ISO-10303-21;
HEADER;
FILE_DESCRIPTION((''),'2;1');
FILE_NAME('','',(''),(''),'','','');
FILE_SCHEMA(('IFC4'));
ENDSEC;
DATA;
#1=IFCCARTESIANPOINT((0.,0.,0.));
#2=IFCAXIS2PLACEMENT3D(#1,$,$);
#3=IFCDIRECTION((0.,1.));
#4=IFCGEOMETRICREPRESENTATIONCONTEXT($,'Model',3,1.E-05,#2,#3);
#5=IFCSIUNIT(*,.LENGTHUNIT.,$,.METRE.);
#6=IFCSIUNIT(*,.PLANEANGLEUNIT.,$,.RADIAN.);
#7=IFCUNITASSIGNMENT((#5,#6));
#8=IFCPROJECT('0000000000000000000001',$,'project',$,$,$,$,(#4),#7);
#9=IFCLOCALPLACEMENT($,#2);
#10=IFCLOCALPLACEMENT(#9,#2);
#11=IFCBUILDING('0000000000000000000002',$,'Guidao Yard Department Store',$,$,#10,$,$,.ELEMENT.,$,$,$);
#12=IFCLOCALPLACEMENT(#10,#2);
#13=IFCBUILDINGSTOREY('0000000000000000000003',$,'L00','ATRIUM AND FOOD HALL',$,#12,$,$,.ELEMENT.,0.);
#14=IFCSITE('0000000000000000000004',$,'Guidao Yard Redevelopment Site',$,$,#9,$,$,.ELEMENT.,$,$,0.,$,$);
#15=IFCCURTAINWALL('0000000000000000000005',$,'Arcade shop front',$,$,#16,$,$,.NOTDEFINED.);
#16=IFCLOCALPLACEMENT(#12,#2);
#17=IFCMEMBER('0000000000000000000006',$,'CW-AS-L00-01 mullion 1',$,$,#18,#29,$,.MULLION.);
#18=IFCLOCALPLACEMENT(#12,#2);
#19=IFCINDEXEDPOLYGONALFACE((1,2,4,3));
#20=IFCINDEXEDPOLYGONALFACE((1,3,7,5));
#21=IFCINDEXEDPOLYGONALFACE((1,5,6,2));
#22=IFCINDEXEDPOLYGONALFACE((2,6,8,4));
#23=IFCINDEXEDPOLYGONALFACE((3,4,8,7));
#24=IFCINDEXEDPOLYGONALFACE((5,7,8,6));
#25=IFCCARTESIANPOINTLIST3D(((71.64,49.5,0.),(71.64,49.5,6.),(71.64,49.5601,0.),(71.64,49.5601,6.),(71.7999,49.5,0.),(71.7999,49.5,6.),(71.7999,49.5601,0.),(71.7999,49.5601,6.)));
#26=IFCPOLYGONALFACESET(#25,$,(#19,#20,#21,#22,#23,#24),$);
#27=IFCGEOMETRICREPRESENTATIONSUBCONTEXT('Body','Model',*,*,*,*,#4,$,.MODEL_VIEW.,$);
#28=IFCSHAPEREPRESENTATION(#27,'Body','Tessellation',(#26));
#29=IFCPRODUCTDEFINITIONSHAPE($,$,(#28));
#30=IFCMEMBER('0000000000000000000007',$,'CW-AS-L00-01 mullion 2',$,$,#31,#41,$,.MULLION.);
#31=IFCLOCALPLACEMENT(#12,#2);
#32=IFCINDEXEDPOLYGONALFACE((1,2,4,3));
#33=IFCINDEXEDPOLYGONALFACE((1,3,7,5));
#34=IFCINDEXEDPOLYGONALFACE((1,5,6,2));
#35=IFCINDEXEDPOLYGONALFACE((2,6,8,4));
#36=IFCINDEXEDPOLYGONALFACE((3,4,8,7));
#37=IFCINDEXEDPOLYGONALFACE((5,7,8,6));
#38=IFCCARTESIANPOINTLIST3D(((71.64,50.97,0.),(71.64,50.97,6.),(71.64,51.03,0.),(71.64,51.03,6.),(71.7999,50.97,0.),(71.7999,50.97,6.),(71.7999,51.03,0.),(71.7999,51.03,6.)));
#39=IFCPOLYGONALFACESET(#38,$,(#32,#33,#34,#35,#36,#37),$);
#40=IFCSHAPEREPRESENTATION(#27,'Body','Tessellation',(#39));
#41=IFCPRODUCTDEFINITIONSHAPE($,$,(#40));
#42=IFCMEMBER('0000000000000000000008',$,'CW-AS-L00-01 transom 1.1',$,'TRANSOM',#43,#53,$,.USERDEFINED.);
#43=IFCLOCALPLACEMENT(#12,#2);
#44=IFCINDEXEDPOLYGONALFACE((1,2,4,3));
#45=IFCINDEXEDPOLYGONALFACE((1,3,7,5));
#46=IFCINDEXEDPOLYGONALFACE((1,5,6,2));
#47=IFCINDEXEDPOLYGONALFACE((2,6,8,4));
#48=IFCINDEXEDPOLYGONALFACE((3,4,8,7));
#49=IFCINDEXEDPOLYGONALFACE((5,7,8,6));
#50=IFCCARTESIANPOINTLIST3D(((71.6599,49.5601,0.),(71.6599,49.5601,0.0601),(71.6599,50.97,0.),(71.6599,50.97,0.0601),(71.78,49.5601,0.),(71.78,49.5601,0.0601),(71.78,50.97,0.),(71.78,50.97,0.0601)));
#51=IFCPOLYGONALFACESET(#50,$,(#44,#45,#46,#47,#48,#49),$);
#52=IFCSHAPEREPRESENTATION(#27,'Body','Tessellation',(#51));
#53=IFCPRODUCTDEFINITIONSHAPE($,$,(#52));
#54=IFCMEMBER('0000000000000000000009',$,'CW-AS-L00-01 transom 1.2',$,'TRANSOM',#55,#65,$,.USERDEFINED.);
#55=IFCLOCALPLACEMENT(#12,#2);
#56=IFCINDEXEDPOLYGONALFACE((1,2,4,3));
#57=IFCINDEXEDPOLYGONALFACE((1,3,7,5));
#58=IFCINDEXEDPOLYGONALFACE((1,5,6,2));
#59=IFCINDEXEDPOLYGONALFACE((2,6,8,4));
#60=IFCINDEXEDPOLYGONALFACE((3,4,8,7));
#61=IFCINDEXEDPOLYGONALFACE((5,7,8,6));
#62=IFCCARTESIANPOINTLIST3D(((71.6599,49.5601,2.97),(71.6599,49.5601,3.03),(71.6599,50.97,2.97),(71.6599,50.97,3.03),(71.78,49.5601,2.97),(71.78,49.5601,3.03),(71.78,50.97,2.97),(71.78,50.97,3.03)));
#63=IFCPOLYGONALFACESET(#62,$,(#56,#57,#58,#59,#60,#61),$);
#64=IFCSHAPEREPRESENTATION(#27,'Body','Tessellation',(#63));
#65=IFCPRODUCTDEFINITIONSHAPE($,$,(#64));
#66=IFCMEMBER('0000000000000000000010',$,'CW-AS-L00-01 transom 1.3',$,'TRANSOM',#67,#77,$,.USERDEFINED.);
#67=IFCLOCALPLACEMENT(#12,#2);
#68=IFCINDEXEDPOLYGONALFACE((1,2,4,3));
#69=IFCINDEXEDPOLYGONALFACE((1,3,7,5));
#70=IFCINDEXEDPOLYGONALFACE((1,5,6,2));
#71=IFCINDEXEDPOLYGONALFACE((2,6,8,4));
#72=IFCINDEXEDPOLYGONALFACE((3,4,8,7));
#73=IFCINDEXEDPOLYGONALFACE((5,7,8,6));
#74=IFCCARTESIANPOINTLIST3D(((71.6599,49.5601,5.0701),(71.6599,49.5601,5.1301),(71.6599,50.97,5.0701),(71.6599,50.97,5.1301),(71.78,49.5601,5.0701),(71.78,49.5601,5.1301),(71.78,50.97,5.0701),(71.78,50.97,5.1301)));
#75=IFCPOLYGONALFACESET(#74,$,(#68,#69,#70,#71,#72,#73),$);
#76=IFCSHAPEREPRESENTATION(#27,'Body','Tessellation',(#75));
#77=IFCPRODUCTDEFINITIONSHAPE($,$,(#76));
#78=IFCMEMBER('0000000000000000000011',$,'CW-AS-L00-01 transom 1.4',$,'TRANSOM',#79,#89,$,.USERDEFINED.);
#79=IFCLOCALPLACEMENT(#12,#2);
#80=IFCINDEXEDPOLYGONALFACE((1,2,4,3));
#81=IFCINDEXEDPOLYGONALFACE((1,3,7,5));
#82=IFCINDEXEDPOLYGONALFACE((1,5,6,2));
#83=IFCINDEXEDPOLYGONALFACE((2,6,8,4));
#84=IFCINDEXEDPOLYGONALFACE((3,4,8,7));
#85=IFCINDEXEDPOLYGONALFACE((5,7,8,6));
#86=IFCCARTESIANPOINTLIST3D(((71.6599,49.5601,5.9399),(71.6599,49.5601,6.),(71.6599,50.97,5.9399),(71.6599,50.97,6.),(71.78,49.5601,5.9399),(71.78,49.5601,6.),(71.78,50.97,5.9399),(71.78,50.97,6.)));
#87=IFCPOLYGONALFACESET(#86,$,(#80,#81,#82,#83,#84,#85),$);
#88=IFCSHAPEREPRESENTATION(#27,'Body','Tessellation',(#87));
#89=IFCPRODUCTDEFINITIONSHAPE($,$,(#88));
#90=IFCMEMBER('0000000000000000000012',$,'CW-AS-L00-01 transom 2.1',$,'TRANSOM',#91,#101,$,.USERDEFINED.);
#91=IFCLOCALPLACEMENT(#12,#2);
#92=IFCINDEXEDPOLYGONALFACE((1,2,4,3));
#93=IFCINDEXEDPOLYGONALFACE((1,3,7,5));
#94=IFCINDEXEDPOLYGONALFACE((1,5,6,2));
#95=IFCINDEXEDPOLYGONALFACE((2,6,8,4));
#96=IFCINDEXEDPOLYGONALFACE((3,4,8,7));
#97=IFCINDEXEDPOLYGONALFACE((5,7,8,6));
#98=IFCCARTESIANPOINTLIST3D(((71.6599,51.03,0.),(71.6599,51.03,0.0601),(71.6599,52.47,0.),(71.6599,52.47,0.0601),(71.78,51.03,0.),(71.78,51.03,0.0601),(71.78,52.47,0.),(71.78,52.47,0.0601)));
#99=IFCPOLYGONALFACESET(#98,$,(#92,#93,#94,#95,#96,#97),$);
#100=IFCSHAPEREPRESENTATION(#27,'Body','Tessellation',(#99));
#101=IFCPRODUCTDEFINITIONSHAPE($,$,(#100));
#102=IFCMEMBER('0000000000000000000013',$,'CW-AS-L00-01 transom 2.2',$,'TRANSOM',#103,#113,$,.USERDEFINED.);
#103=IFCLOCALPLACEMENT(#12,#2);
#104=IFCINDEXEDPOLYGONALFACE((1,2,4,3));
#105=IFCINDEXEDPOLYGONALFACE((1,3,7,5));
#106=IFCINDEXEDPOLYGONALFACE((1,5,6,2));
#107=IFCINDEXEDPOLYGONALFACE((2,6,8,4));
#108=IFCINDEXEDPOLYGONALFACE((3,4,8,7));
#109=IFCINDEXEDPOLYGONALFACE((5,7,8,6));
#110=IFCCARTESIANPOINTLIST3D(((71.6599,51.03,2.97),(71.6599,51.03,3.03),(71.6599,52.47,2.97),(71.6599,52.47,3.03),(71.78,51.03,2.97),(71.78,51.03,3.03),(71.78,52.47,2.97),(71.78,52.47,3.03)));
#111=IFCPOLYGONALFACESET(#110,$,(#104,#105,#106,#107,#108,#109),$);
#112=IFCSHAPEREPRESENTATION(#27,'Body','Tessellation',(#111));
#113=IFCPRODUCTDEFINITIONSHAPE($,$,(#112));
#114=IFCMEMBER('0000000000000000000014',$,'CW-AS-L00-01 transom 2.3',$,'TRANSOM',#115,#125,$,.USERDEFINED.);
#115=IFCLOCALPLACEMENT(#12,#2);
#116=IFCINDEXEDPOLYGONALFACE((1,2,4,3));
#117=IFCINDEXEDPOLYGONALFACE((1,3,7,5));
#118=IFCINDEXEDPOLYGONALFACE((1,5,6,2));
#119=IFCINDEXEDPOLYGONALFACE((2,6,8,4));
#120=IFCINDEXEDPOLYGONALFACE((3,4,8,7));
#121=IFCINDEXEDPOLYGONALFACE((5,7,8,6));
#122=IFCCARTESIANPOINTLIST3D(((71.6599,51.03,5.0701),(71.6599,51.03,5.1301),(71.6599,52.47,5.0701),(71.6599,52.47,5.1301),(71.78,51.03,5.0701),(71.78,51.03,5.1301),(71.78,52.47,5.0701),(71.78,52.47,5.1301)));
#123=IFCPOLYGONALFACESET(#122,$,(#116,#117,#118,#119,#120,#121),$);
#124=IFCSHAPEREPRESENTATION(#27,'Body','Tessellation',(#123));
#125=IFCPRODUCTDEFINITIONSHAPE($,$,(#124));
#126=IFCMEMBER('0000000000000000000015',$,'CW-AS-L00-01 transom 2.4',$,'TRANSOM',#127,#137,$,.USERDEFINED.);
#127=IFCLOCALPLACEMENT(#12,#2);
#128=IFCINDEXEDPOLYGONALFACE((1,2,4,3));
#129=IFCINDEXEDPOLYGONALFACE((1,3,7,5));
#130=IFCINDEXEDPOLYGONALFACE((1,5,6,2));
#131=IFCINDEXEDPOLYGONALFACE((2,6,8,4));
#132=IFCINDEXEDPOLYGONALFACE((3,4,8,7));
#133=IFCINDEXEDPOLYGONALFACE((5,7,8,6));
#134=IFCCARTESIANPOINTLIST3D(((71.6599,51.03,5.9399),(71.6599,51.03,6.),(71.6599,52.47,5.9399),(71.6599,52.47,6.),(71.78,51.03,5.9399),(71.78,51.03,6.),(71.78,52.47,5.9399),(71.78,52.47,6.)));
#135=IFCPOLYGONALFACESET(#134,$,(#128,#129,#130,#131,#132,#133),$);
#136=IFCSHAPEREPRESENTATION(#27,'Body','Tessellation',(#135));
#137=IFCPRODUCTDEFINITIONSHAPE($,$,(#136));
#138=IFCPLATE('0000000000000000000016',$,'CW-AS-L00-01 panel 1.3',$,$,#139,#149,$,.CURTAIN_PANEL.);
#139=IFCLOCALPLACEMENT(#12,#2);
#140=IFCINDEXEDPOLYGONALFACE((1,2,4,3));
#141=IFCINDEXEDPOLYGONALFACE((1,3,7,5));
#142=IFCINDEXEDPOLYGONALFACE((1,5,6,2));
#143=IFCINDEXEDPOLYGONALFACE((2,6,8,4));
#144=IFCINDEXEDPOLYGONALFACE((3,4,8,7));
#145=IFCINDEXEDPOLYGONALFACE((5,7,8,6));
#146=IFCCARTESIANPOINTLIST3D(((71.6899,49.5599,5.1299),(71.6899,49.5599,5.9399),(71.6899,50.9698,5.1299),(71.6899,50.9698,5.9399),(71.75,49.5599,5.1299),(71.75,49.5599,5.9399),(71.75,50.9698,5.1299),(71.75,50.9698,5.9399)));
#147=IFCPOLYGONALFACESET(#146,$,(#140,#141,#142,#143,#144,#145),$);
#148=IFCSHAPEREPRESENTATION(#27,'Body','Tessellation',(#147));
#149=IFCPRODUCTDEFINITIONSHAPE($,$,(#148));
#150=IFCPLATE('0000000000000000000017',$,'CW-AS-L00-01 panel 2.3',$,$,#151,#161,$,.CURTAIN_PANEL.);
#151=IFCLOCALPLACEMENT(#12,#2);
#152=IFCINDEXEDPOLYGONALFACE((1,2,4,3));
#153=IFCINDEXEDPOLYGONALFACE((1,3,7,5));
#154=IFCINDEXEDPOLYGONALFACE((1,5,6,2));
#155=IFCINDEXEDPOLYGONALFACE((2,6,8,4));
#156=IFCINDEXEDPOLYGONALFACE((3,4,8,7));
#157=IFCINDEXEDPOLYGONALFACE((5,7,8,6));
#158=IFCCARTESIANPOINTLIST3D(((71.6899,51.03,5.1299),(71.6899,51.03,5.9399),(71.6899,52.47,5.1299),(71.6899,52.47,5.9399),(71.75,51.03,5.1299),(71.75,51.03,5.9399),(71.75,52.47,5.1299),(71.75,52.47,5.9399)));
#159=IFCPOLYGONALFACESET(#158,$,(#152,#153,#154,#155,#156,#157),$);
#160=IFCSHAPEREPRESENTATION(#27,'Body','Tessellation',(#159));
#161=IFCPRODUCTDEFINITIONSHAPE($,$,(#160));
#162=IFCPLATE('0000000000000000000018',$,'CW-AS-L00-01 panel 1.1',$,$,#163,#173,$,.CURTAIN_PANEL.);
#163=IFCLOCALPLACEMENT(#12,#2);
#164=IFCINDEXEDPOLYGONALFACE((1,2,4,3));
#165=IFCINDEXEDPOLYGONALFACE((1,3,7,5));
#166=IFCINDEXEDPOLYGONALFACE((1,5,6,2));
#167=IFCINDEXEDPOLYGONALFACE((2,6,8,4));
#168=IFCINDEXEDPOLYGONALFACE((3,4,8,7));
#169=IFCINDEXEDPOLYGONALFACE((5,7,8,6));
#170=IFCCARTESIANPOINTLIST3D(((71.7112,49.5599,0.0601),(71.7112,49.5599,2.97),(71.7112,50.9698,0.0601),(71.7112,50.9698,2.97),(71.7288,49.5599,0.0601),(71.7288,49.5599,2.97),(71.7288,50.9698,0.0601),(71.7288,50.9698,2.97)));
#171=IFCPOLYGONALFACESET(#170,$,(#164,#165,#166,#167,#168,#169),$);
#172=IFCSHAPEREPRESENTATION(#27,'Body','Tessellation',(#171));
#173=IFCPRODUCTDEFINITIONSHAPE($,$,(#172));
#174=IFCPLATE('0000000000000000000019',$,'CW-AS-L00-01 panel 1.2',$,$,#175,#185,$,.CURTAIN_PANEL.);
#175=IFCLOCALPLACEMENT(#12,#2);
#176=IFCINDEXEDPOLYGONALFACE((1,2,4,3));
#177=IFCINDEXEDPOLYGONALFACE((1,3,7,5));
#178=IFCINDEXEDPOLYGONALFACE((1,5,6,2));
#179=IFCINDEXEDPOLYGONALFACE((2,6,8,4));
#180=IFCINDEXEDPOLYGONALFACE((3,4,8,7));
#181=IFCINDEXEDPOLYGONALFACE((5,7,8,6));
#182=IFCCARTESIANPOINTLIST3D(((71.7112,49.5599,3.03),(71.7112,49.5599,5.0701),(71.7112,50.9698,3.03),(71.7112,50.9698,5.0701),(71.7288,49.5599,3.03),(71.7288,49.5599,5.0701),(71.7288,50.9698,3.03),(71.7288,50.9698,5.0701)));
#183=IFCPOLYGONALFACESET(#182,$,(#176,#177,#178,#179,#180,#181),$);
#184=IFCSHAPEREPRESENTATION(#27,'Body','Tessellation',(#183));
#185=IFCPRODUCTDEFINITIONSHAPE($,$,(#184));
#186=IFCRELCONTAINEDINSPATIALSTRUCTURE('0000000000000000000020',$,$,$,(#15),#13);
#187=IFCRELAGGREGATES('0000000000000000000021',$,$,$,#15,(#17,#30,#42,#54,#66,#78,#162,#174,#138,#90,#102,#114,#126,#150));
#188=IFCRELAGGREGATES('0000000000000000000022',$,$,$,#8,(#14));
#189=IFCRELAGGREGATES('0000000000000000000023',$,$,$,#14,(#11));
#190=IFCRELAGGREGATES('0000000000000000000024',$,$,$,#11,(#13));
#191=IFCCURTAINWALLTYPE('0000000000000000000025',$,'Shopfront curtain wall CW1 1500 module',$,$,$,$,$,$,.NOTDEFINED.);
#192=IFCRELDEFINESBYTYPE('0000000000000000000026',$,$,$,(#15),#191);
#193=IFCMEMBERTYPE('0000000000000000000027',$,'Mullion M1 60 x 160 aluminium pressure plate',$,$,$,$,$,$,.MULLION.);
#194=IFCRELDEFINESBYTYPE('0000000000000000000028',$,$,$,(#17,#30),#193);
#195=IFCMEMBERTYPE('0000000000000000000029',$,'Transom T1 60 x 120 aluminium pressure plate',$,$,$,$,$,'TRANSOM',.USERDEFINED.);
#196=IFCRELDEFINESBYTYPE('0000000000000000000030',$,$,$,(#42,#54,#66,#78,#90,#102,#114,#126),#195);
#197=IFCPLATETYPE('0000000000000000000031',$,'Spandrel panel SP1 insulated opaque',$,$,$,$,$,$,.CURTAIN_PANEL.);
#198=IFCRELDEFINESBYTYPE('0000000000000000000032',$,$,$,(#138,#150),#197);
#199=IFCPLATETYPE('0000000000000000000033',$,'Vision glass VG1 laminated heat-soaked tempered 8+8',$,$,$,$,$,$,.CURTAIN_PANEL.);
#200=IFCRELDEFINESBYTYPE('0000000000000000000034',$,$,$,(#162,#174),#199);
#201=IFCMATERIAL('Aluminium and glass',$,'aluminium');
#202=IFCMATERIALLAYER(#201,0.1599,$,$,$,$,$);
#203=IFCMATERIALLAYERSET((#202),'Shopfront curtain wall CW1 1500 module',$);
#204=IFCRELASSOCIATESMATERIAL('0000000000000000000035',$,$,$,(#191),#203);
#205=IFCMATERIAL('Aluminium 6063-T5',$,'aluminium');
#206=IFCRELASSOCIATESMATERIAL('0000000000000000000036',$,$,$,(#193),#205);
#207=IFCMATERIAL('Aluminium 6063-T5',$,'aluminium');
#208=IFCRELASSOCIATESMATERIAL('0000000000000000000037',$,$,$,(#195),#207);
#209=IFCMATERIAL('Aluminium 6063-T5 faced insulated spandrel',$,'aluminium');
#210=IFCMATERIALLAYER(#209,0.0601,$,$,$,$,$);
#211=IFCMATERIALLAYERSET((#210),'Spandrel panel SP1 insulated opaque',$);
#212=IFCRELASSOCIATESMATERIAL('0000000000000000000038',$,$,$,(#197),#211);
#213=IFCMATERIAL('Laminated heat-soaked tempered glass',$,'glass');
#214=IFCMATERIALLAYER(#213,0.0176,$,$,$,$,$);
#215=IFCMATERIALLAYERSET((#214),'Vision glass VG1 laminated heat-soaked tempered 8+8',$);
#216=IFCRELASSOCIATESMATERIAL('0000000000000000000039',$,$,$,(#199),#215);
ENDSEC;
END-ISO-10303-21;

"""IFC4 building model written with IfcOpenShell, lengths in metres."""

from ifc_helpers import new_model, si_unit, direction, frame, origin, origin_2d, place, context, subcontext, project, spatial, rectangle, extrude, material, layer, layer_set, material_profile, profile_set, type_object, element, aggregate, save


model = new_model("IFC4")

# Units and contexts
model_context = context("Model", 3, precision=1e-05, world=origin(), true_north=direction((0.0, 1.0)))
body_context = subcontext(model_context, "Body", "Model", "MODEL_VIEW")
ifc_project = project(units=[si_unit("LENGTHUNIT", "METRE"), si_unit("PLANEANGLEUNIT", "RADIAN")], contexts=[model_context])

# Site, building, storey
site_placement = place(None, origin())
site = spatial("IfcSite", under=ifc_project, at=site_placement, Name="Guidao Yard Redevelopment Site", CompositionType="ELEMENT", RefElevation=0.0)
building_placement = place(site_placement, origin())
building = spatial("IfcBuilding", under=site, at=building_placement, Name="Guidao Yard Department Store", CompositionType="ELEMENT")
storey_placement = place(building_placement, origin())
storey = spatial("IfcBuildingStorey", under=building, at=storey_placement, Name="L00", Description="ATRIUM AND FOOD HALL", CompositionType="ELEMENT", Elevation=0.0)

# Curtain wall, members, plates
ifc_material_1 = material(Name="Aluminium and glass", Category="aluminium")
ifc_layer_1 = layer(ifc_material_1, 0.1599)
ifc_layer_set_1 = layer_set([ifc_layer_1], Name="Shopfront curtain wall CW1 1500 module")
curtain_wall_type = type_object("IfcCurtainWallType", Name="Shopfront curtain wall CW1 1500 module", PredefinedType="NOTDEFINED", material=ifc_layer_set_1)
curtain_wall_placement = place(storey_placement, origin())
curtain_wall = element("IfcCurtainWall", 1, at=curtain_wall_placement, inside=storey, type_object=curtain_wall_type, Name="Arcade shop front", PredefinedType="NOTDEFINED")
ifc_material_2 = material(Name="Aluminium 6063-T5", Category="aluminium")
ifc_material_profile_1 = material_profile(ifc_material_2, rectangle(XDim=0.0601, YDim=0.1599, at=origin_2d()), Name="Mullion M1 60 x 160 aluminium pressure plate")
ifc_profile_set_1 = profile_set([ifc_material_profile_1], Name="Aluminium 6063-T5")
member_type_1 = type_object("IfcMemberType", Name="Mullion M1 60 x 160 aluminium pressure plate", PredefinedType="MULLION", material=ifc_profile_set_1)
member_1_placement = place(storey_placement, frame((71.72, 49.53, 0.0), z_axis=(0.0, 0.0, 1.0), x_axis=(0.0, 1.0, 0.0)))
member_1 = element("IfcMember", 2, at=member_1_placement, type_object=member_type_1, Name="CW-AS-L00-01 mullion 1", PredefinedType="MULLION", context=body_context, shape_type="SweptSolid", body=[
    extrude(rectangle(XDim=0.0601, YDim=0.1599, at=origin_2d()), origin(), (0.0, 0.0, 1.0), 6.0),
])
member_2_placement = place(storey_placement, frame((71.72, 51.0, 0.0), z_axis=(0.0, 0.0, 1.0), x_axis=(0.0, 1.0, 0.0)))
member_2 = element("IfcMember", 3, at=member_2_placement, type_object=member_type_1, Name="CW-AS-L00-01 mullion 2", PredefinedType="MULLION", context=body_context, shape_type="SweptSolid", body=[
    extrude(rectangle(XDim=0.0601, YDim=0.1599, at=origin_2d()), origin(), (0.0, 0.0, 1.0), 6.0),
])
ifc_material_3 = material(Name="Aluminium 6063-T5", Category="aluminium")
ifc_material_profile_2 = material_profile(ifc_material_3, rectangle(XDim=0.1201, YDim=0.0601, at=origin_2d()), Name="Transom T1 60 x 120 aluminium pressure plate")
ifc_profile_set_2 = profile_set([ifc_material_profile_2], Name="Aluminium 6063-T5")
member_type_2 = type_object("IfcMemberType", Name="Transom T1 60 x 120 aluminium pressure plate", ElementType="TRANSOM", PredefinedType="USERDEFINED", material=ifc_profile_set_2)
member_3_placement = place(storey_placement, frame((71.72, 49.5601, 0.03), z_axis=(0.0, 1.0, 0.0), x_axis=(-1.0, 0.0, 0.0)))
member_3 = element("IfcMember", 4, at=member_3_placement, type_object=member_type_2, Name="CW-AS-L00-01 transom 1.1", ObjectType="TRANSOM", PredefinedType="USERDEFINED", context=body_context, shape_type="SweptSolid", body=[
    extrude(rectangle(XDim=0.1201, YDim=0.0601, at=origin_2d()), origin(), (0.0, 0.0, 1.0), 1.4099),
])
member_4_placement = place(storey_placement, frame((71.72, 49.5601, 3.0), z_axis=(0.0, 1.0, 0.0), x_axis=(-1.0, 0.0, 0.0)))
member_4 = element("IfcMember", 5, at=member_4_placement, type_object=member_type_2, Name="CW-AS-L00-01 transom 1.2", ObjectType="TRANSOM", PredefinedType="USERDEFINED", context=body_context, shape_type="SweptSolid", body=[
    extrude(rectangle(XDim=0.1201, YDim=0.0601, at=origin_2d()), origin(), (0.0, 0.0, 1.0), 1.4099),
])
member_5_placement = place(storey_placement, frame((71.72, 49.5601, 5.1001), z_axis=(0.0, 1.0, 0.0), x_axis=(-1.0, 0.0, 0.0)))
member_5 = element("IfcMember", 6, at=member_5_placement, type_object=member_type_2, Name="CW-AS-L00-01 transom 1.3", ObjectType="TRANSOM", PredefinedType="USERDEFINED", context=body_context, shape_type="SweptSolid", body=[
    extrude(rectangle(XDim=0.1201, YDim=0.0601, at=origin_2d()), origin(), (0.0, 0.0, 1.0), 1.4099),
])
member_6_placement = place(storey_placement, frame((71.72, 49.5601, 5.97), z_axis=(0.0, 1.0, 0.0), x_axis=(-1.0, 0.0, 0.0)))
member_6 = element("IfcMember", 7, at=member_6_placement, type_object=member_type_2, Name="CW-AS-L00-01 transom 1.4", ObjectType="TRANSOM", PredefinedType="USERDEFINED", context=body_context, shape_type="SweptSolid", body=[
    extrude(rectangle(XDim=0.1201, YDim=0.0601, at=origin_2d()), origin(), (0.0, 0.0, 1.0), 1.4099),
])
member_7_placement = place(storey_placement, frame((71.72, 51.03, 0.03), z_axis=(0.0, 1.0, 0.0), x_axis=(-1.0, 0.0, 0.0)))
member_7 = element("IfcMember", 8, at=member_7_placement, type_object=member_type_2, Name="CW-AS-L00-01 transom 2.1", ObjectType="TRANSOM", PredefinedType="USERDEFINED", context=body_context, shape_type="SweptSolid", body=[
    extrude(rectangle(XDim=0.1201, YDim=0.0601, at=origin_2d()), origin(), (0.0, 0.0, 1.0), 1.4399),
])
member_8_placement = place(storey_placement, frame((71.72, 51.03, 3.0), z_axis=(0.0, 1.0, 0.0), x_axis=(-1.0, 0.0, 0.0)))
member_8 = element("IfcMember", 9, at=member_8_placement, type_object=member_type_2, Name="CW-AS-L00-01 transom 2.2", ObjectType="TRANSOM", PredefinedType="USERDEFINED", context=body_context, shape_type="SweptSolid", body=[
    extrude(rectangle(XDim=0.1201, YDim=0.0601, at=origin_2d()), origin(), (0.0, 0.0, 1.0), 1.4399),
])
member_9_placement = place(storey_placement, frame((71.72, 51.03, 5.1001), z_axis=(0.0, 1.0, 0.0), x_axis=(-1.0, 0.0, 0.0)))
member_9 = element("IfcMember", 10, at=member_9_placement, type_object=member_type_2, Name="CW-AS-L00-01 transom 2.3", ObjectType="TRANSOM", PredefinedType="USERDEFINED", context=body_context, shape_type="SweptSolid", body=[
    extrude(rectangle(XDim=0.1201, YDim=0.0601, at=origin_2d()), origin(), (0.0, 0.0, 1.0), 1.4399),
])
member_10_placement = place(storey_placement, frame((71.72, 51.03, 5.97), z_axis=(0.0, 1.0, 0.0), x_axis=(-1.0, 0.0, 0.0)))
member_10 = element("IfcMember", 11, at=member_10_placement, type_object=member_type_2, Name="CW-AS-L00-01 transom 2.4", ObjectType="TRANSOM", PredefinedType="USERDEFINED", context=body_context, shape_type="SweptSolid", body=[
    extrude(rectangle(XDim=0.1201, YDim=0.0601, at=origin_2d()), origin(), (0.0, 0.0, 1.0), 1.4399),
])
ifc_material_4 = material(Name="Aluminium 6063-T5 faced insulated spandrel", Category="aluminium")
ifc_layer_2 = layer(ifc_material_4, 0.0601)
ifc_layer_set_2 = layer_set([ifc_layer_2], Name="Spandrel panel SP1 insulated opaque")
plate_type_1 = type_object("IfcPlateType", Name="Spandrel panel SP1 insulated opaque", PredefinedType="CURTAIN_PANEL", material=ifc_layer_set_2)
plate_1_placement = place(storey_placement, frame((71.72, 50.2649, 5.1299), z_axis=(0.0, 0.0, 1.0), x_axis=(0.0, 1.0, 0.0)))
plate_1 = element("IfcPlate", 12, at=plate_1_placement, type_object=plate_type_1, Name="CW-AS-L00-01 panel 1.3", PredefinedType="CURTAIN_PANEL", context=body_context, shape_type="SweptSolid", body=[
    extrude(rectangle(XDim=1.4099, YDim=0.0601, at=origin_2d()), origin(), (0.0, 0.0, 1.0), 0.8101),
])
plate_2_placement = place(storey_placement, frame((71.72, 51.75, 5.1299), z_axis=(0.0, 0.0, 1.0), x_axis=(0.0, 1.0, 0.0)))
plate_2 = element("IfcPlate", 13, at=plate_2_placement, type_object=plate_type_1, Name="CW-AS-L00-01 panel 2.3", PredefinedType="CURTAIN_PANEL", context=body_context, shape_type="SweptSolid", body=[
    extrude(rectangle(XDim=1.4399, YDim=0.0601, at=origin_2d()), origin(), (0.0, 0.0, 1.0), 0.8101),
])
ifc_material_5 = material(Name="Laminated heat-soaked tempered glass", Category="glass")
ifc_layer_3 = layer(ifc_material_5, 0.0176)
ifc_layer_set_3 = layer_set([ifc_layer_3], Name="Vision glass VG1 laminated heat-soaked tempered 8+8")
plate_type_2 = type_object("IfcPlateType", Name="Vision glass VG1 laminated heat-soaked tempered 8+8", PredefinedType="CURTAIN_PANEL", material=ifc_layer_set_3)
plate_3_placement = place(storey_placement, frame((71.72, 50.2649, 0.0601), z_axis=(0.0, 0.0, 1.0), x_axis=(0.0, 1.0, 0.0)))
plate_3 = element("IfcPlate", 14, at=plate_3_placement, type_object=plate_type_2, Name="CW-AS-L00-01 panel 1.1", PredefinedType="CURTAIN_PANEL", context=body_context, shape_type="SweptSolid", body=[
    extrude(rectangle(XDim=1.4099, YDim=0.0176, at=origin_2d()), origin(), (0.0, 0.0, 1.0), 2.9099),
])
plate_4_placement = place(storey_placement, frame((71.72, 50.2649, 3.03), z_axis=(0.0, 0.0, 1.0), x_axis=(0.0, 1.0, 0.0)))
plate_4 = element("IfcPlate", 15, at=plate_4_placement, type_object=plate_type_2, Name="CW-AS-L00-01 panel 1.2", PredefinedType="CURTAIN_PANEL", context=body_context, shape_type="SweptSolid", body=[
    extrude(rectangle(XDim=1.4099, YDim=0.0176, at=origin_2d()), origin(), (0.0, 0.0, 1.0), 2.04),
])
aggregate(curtain_wall, [member_1, member_2, member_3, member_4, member_5, member_6, plate_3, plate_4, plate_1, member_7, member_8, member_9, member_10, plate_2])

save(model, "model.ifc")
